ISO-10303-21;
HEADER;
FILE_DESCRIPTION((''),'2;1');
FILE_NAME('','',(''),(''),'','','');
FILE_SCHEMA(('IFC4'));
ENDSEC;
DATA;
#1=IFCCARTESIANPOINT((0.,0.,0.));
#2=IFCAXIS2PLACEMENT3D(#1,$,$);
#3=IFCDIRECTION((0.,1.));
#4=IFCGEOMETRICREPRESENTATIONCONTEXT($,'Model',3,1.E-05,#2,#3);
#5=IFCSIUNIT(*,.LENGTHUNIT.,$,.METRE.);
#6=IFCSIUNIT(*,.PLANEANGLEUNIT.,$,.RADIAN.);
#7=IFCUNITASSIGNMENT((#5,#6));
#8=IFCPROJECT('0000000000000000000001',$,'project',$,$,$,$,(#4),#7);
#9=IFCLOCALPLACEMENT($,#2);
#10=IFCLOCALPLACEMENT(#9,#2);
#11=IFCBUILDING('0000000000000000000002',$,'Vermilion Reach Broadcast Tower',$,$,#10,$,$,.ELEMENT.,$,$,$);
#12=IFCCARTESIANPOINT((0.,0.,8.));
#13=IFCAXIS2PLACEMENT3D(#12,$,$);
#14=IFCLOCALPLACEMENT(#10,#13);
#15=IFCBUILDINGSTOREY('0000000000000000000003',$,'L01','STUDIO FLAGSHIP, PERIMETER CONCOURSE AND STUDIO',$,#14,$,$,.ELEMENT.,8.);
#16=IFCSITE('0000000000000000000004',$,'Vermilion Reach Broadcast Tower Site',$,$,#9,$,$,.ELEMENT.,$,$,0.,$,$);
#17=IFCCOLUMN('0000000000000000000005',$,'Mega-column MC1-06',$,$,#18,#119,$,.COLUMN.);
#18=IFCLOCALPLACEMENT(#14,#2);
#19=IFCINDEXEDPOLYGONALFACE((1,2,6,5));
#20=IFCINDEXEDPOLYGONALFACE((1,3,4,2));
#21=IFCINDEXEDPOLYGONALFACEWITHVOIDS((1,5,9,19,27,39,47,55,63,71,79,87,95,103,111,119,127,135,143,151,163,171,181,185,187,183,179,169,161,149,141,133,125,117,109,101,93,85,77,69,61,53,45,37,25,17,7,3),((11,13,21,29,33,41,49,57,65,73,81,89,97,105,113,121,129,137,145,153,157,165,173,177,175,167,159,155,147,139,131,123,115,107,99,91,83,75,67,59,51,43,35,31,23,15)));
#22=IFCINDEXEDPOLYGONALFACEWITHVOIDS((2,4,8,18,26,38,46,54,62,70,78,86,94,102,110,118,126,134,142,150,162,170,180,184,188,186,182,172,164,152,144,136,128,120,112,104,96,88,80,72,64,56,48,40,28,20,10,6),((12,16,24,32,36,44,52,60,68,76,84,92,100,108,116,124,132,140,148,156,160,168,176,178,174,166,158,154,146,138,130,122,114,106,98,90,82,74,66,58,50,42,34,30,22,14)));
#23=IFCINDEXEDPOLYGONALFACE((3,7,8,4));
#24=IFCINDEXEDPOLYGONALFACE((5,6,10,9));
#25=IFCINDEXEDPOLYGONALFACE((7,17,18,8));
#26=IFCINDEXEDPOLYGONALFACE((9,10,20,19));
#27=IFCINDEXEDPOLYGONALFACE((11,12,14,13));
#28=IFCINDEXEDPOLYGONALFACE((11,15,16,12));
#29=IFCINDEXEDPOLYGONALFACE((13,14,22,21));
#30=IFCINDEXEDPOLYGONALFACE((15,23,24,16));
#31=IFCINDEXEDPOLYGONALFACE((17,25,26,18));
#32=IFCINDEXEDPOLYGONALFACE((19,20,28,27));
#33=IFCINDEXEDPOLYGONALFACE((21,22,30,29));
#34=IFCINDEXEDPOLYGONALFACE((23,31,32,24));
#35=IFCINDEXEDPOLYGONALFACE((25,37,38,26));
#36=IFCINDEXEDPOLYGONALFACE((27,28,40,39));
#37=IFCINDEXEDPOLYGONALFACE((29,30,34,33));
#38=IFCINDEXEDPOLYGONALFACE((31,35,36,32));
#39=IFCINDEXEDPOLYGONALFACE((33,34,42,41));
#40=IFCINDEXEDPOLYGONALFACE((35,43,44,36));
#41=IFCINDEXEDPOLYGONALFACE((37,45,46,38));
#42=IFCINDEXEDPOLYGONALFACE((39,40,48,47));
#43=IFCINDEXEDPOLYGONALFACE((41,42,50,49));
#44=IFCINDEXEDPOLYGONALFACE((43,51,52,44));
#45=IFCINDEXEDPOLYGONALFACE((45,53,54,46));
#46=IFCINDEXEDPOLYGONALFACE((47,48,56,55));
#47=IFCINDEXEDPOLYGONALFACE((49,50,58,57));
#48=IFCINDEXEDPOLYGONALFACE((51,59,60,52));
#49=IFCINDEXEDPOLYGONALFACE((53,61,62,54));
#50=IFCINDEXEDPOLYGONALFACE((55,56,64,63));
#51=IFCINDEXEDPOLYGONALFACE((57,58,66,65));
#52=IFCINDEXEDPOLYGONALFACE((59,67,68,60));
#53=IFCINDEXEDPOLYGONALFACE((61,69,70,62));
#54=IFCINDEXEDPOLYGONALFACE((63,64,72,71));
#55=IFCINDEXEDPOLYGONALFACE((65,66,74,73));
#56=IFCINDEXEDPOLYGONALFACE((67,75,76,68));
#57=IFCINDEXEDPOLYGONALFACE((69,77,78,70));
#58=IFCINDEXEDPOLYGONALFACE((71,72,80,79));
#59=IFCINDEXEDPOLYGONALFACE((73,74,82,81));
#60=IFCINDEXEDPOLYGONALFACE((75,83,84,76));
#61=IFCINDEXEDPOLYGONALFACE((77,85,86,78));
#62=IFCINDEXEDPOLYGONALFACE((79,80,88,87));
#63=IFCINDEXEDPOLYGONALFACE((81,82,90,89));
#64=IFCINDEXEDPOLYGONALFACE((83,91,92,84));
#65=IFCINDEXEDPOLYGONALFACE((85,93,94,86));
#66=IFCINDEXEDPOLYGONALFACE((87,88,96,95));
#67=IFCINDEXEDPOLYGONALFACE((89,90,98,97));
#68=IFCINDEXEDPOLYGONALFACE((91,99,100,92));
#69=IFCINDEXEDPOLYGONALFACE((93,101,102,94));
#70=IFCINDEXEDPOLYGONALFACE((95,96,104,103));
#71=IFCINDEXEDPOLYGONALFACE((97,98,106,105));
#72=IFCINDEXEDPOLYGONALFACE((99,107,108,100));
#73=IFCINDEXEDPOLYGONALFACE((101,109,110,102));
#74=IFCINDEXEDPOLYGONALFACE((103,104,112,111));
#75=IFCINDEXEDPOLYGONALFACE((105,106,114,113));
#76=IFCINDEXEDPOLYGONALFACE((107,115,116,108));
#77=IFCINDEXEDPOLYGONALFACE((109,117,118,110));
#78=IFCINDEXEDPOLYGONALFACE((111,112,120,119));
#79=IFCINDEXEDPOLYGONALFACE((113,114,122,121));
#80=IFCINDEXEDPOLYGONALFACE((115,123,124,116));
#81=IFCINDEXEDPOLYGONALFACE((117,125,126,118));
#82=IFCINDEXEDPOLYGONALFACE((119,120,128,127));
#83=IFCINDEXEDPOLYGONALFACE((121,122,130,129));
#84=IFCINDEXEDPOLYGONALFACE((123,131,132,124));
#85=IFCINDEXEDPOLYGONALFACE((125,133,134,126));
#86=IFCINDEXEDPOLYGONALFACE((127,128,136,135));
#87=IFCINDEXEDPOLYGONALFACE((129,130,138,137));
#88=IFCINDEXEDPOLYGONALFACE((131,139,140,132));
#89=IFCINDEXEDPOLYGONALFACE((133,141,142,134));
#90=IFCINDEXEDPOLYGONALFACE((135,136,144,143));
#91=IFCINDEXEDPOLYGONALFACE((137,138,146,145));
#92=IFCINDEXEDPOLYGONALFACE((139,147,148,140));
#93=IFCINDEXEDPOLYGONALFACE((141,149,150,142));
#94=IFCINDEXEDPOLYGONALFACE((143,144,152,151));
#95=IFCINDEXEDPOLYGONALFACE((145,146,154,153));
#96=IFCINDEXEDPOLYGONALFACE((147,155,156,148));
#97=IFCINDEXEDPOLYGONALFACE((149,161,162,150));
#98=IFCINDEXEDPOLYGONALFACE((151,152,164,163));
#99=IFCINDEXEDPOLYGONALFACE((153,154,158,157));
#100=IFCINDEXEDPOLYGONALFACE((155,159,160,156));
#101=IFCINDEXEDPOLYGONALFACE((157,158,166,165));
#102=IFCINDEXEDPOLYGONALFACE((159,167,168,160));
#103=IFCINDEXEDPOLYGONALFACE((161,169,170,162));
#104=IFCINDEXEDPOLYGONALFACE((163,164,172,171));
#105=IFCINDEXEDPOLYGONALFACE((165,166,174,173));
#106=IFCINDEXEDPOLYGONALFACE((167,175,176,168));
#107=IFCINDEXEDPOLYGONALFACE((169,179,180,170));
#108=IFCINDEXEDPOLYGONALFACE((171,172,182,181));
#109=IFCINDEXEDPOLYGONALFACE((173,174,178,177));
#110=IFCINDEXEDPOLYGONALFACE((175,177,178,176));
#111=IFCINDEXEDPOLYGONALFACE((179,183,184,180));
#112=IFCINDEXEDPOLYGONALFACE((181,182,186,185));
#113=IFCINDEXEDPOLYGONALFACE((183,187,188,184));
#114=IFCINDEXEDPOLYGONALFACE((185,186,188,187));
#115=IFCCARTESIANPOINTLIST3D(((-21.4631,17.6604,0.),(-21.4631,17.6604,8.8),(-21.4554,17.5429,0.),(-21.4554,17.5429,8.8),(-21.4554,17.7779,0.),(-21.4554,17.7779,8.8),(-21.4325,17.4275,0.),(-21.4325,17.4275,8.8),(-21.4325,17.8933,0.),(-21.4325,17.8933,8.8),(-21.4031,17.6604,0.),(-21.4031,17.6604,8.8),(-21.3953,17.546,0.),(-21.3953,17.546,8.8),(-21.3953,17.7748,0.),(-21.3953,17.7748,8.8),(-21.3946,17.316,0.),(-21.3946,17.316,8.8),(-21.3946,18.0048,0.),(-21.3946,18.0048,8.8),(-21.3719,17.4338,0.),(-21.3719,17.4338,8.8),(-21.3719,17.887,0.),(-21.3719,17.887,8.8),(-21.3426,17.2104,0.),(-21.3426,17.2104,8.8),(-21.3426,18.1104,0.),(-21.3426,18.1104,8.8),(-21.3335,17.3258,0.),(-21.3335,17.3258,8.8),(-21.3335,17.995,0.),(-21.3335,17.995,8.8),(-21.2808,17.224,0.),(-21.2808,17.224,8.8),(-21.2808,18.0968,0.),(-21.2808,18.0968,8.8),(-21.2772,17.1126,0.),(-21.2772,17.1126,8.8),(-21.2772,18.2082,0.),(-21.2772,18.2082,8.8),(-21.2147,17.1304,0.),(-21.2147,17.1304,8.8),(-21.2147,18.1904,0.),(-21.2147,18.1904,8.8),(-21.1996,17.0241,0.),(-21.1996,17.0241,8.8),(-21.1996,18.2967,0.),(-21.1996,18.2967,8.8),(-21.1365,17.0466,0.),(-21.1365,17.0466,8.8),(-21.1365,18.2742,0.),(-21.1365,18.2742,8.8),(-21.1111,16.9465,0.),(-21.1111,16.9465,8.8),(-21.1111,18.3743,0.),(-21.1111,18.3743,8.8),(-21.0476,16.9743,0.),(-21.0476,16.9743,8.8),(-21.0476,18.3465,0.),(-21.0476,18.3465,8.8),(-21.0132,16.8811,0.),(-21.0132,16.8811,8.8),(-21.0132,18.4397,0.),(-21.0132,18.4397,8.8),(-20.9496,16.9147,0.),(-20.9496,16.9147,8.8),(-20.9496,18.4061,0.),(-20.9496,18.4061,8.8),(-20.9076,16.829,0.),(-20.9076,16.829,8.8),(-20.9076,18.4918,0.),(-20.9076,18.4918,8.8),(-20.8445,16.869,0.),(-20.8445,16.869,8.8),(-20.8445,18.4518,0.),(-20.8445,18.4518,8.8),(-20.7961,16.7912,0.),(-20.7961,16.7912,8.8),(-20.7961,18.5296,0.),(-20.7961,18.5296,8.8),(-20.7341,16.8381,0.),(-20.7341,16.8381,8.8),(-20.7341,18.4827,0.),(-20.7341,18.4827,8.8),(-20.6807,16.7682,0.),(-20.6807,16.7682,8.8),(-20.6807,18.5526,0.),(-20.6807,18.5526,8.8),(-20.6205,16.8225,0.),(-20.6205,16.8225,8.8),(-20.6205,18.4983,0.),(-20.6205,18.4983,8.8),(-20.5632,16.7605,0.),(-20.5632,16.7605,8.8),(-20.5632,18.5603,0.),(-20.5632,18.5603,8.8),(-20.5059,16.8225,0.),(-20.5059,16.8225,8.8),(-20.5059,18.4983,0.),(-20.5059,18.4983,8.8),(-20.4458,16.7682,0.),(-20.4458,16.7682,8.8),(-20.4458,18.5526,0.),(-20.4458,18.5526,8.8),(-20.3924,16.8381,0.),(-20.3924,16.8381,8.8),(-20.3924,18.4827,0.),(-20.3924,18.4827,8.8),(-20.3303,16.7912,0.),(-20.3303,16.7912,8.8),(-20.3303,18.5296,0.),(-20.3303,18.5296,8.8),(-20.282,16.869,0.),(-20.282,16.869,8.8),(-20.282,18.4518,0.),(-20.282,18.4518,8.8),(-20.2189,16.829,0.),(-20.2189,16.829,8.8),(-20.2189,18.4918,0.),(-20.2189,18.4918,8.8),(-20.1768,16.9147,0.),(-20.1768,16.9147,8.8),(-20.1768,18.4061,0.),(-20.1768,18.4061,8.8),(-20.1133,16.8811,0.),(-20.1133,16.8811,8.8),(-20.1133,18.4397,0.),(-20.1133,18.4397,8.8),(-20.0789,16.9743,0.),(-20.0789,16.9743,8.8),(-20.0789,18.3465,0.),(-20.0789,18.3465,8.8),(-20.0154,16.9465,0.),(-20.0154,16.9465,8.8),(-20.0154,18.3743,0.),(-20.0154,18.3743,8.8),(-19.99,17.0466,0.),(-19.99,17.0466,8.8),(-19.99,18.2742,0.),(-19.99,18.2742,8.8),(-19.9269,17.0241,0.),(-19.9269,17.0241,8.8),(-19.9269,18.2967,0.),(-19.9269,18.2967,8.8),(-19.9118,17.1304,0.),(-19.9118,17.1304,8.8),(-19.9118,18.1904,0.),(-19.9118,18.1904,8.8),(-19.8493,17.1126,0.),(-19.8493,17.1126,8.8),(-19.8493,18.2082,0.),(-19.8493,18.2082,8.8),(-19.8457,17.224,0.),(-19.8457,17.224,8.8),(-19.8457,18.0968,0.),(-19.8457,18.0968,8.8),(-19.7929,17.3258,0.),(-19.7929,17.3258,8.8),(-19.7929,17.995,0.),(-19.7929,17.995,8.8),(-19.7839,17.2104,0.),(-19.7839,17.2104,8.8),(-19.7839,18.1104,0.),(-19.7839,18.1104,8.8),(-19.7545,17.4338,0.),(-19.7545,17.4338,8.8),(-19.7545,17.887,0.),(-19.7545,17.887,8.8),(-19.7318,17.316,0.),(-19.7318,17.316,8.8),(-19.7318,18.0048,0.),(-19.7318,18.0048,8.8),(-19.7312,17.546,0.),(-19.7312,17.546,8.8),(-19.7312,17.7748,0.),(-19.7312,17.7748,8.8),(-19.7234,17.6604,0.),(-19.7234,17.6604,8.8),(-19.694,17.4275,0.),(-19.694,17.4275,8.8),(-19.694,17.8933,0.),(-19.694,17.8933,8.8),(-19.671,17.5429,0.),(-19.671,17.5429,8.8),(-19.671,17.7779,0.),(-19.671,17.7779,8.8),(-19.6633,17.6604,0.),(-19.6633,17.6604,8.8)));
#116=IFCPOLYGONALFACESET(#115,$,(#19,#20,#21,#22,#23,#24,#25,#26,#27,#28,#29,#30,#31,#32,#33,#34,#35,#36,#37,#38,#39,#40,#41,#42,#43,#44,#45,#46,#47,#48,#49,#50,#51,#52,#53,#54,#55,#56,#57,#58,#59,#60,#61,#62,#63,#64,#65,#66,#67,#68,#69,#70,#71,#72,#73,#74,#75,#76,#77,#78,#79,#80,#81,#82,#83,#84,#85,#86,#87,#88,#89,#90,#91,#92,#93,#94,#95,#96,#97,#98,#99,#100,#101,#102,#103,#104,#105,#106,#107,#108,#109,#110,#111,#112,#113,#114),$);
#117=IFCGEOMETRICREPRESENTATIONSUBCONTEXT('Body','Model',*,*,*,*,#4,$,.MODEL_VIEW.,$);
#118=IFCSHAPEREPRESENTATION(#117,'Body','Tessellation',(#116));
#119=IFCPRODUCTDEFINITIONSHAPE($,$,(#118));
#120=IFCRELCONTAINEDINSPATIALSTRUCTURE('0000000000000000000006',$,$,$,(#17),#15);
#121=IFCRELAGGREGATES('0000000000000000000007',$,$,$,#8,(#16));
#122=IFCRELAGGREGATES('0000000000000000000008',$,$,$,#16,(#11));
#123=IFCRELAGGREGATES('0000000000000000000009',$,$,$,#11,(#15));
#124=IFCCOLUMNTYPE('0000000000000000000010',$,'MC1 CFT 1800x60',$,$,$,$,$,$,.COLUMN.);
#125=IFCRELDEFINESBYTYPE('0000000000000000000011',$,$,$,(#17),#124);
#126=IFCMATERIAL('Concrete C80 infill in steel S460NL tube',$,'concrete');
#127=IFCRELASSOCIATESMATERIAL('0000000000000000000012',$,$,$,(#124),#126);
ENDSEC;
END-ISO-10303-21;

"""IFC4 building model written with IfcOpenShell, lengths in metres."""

from ifc_helpers import new_model, si_unit, direction, frame, origin, origin_2d, place, context, subcontext, project, spatial, hollow_circle, extrude, material, material_profile, profile_set, type_object, element, save


model = new_model("IFC4")

# Units and contexts
model_context = context("Model", 3, precision=1e-05, world=origin(), true_north=direction((0.0, 1.0)))
body_context = subcontext(model_context, "Body", "Model", "MODEL_VIEW")
ifc_project = project(units=[si_unit("LENGTHUNIT", "METRE"), si_unit("PLANEANGLEUNIT", "RADIAN")], contexts=[model_context])

# Site, building, storey
site_placement = place(None, origin())
site = spatial("IfcSite", under=ifc_project, at=site_placement, Name="Vermilion Reach Broadcast Tower Site", CompositionType="ELEMENT", RefElevation=0.0)
building_placement = place(site_placement, origin())
building = spatial("IfcBuilding", under=site, at=building_placement, Name="Vermilion Reach Broadcast Tower", CompositionType="ELEMENT")
storey_placement = place(building_placement, frame((0.0, 0.0, 8.0)))
storey = spatial("IfcBuildingStorey", under=building, at=storey_placement, Name="L01", Description="STUDIO FLAGSHIP, PERIMETER CONCOURSE AND STUDIO", CompositionType="ELEMENT", Elevation=8.0)

# Column
ifc_material_1 = material(Name="Concrete C80 infill in steel S460NL tube", Category="concrete")
ifc_material_profile_1 = material_profile(ifc_material_1, hollow_circle(Radius=0.8999, WallThickness=0.0601, at=origin_2d()), Name="Concrete C80 infill in steel S460NL tube CFT 1800x60")
ifc_profile_set_1 = profile_set([ifc_material_profile_1], Name="Concrete C80 infill in steel S460NL tube")
column_type = type_object("IfcColumnType", Name="MC1 CFT 1800x60", PredefinedType="COLUMN", material=ifc_profile_set_1)
for number, where, z_axis, x_axis, name in (
    (1, (-20.5632, 17.6604, 0.0), (0.0, 0.0, 1.0), (1.0, 0.0, 0.0), "Mega-column MC1-06"),
):
    element("IfcColumn", number, at=place(storey_placement, frame(where, z_axis=z_axis, x_axis=x_axis)), inside=storey, type_object=column_type, Name=name, PredefinedType="COLUMN", context=body_context, shape_type="SweptSolid", body=[
        extrude(hollow_circle(Radius=0.8999, WallThickness=0.0601, at=origin_2d()), origin(), (0.0, 0.0, 1.0), 8.8),
    ])

save(model, "model.ifc")
